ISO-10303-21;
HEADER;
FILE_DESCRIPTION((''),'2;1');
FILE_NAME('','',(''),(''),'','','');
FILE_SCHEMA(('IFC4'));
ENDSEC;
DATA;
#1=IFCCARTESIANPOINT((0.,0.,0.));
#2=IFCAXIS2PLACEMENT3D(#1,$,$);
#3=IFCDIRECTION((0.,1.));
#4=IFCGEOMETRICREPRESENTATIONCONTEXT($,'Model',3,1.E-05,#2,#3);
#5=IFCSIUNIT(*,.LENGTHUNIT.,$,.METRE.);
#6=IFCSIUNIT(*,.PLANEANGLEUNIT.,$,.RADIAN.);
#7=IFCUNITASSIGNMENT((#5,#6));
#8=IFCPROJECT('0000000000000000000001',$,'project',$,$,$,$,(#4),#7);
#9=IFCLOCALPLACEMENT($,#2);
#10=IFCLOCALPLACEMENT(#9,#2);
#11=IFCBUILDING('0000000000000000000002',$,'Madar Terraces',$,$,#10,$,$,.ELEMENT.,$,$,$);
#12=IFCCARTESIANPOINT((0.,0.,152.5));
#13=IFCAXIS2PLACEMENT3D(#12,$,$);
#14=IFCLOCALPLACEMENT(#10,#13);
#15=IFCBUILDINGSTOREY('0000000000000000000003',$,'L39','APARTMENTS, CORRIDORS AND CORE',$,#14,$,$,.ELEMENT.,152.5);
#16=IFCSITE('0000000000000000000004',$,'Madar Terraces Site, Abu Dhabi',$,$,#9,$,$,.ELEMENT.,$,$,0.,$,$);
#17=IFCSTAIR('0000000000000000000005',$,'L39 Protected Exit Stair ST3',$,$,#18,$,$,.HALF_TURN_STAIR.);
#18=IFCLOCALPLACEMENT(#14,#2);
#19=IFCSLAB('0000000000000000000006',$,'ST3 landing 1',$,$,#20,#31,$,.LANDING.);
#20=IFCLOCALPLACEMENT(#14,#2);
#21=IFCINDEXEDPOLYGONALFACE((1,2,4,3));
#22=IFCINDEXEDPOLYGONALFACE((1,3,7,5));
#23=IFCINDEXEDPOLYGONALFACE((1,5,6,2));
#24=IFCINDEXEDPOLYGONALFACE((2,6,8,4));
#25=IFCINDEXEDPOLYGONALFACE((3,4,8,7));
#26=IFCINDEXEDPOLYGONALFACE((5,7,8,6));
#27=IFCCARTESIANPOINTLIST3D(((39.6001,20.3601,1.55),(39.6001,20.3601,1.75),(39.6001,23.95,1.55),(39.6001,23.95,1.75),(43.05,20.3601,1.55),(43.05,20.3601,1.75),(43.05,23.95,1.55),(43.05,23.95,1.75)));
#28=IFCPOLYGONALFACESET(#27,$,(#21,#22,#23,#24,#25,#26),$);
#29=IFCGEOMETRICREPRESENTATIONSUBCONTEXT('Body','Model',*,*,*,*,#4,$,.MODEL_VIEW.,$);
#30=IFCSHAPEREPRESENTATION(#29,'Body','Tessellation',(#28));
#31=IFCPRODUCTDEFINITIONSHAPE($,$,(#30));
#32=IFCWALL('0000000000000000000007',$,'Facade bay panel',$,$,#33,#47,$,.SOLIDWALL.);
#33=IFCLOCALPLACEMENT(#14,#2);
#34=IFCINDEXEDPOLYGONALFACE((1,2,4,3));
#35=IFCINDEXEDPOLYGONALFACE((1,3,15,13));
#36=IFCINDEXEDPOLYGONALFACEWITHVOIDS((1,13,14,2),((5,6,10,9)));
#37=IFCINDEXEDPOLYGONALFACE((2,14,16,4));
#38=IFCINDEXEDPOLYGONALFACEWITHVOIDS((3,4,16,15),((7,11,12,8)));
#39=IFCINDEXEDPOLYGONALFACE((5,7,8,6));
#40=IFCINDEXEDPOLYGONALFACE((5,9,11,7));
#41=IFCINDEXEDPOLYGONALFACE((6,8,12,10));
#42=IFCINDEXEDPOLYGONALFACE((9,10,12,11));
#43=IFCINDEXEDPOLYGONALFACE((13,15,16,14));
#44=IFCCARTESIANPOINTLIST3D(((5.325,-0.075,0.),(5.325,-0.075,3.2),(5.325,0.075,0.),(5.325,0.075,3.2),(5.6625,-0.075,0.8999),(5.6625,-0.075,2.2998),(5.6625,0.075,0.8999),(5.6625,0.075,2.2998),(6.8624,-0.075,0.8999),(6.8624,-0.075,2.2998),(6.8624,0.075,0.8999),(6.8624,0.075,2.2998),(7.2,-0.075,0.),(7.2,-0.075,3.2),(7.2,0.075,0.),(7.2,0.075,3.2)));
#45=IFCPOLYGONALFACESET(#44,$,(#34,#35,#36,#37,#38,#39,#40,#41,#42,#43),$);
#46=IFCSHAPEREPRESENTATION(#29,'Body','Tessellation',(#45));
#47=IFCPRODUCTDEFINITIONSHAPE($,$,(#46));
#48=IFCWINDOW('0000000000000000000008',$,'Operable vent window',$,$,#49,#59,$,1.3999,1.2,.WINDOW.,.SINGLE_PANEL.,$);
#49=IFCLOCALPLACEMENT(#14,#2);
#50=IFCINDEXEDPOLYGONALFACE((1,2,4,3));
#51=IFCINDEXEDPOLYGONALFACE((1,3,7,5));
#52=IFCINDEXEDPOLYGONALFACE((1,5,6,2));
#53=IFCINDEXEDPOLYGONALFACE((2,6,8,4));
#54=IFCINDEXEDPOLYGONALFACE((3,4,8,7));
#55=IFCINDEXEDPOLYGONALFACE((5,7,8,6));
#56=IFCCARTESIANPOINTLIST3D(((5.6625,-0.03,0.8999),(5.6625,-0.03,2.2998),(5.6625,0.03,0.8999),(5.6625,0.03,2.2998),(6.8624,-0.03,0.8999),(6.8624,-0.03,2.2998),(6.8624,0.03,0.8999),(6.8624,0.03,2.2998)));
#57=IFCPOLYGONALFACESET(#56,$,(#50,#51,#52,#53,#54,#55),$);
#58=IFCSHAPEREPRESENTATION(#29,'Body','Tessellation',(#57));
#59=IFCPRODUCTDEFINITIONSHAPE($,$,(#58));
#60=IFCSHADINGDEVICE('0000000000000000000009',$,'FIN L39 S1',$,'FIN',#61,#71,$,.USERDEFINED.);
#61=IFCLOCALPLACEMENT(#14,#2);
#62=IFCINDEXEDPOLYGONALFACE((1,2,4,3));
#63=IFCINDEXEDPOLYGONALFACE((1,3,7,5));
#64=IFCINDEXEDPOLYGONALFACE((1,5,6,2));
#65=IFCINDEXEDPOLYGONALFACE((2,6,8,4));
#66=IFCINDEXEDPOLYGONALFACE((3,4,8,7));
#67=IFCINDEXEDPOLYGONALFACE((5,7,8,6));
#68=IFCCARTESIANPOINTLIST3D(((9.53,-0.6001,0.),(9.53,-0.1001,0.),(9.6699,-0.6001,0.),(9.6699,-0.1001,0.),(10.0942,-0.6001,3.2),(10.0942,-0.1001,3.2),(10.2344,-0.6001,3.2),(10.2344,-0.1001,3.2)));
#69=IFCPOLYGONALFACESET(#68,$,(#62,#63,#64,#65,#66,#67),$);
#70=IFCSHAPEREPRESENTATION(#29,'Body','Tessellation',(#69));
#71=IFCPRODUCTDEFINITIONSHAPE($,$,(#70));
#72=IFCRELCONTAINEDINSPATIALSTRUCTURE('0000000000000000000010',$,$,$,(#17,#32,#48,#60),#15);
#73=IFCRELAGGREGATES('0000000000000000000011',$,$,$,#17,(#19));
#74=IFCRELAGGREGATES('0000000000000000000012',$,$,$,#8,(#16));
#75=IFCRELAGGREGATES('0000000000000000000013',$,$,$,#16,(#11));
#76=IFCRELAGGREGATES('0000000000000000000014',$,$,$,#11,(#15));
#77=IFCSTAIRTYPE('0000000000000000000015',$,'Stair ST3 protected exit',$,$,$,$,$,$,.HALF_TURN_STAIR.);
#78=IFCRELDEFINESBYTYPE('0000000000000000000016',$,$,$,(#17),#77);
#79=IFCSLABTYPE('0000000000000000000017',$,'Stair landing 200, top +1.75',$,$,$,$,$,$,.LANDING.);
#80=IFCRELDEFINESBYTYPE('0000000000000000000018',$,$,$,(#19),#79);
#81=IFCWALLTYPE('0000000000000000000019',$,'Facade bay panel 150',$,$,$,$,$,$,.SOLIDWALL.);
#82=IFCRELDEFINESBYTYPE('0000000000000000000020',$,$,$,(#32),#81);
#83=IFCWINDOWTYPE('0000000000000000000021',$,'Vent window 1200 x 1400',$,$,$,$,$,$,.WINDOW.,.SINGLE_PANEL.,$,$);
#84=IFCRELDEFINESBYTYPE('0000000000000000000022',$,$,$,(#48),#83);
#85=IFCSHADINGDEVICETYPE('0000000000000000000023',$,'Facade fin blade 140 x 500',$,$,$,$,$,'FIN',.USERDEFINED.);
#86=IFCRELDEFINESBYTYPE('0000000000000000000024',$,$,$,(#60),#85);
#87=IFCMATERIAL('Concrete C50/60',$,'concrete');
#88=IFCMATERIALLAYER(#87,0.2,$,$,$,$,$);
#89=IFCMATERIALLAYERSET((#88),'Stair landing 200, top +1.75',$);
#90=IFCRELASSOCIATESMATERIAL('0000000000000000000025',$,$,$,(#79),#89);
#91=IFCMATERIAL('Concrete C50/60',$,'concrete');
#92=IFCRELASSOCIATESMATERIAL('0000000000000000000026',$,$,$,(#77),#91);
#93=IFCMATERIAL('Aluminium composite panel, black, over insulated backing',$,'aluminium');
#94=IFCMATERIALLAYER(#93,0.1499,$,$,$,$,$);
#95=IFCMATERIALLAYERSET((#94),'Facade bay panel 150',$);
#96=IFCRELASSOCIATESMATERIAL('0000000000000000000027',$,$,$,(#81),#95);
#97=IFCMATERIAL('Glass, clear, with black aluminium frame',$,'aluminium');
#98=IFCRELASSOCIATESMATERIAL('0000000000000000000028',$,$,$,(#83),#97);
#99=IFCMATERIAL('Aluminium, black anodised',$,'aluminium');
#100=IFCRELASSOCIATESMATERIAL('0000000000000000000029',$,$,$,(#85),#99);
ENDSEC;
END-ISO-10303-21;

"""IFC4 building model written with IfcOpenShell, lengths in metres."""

from ifc_helpers import new_model, si_unit, direction, frame, frame_2d, origin, place, context, subcontext, project, spatial, polyline, rectangle, outline, extrude, material, layer, layer_set, type_object, element, fill, aggregate, save


model = new_model("IFC4")

# Units and contexts
model_context = context("Model", 3, precision=1e-05, world=origin(), true_north=direction((0.0, 1.0)))
body_context = subcontext(model_context, "Body", "Model", "MODEL_VIEW")
ifc_project = project(units=[si_unit("LENGTHUNIT", "METRE"), si_unit("PLANEANGLEUNIT", "RADIAN")], contexts=[model_context])

# Site, building, storey
site_placement = place(None, origin())
site = spatial("IfcSite", under=ifc_project, at=site_placement, Name="Madar Terraces Site, Abu Dhabi", CompositionType="ELEMENT", RefElevation=0.0)
building_placement = place(site_placement, origin())
building = spatial("IfcBuilding", under=site, at=building_placement, Name="Madar Terraces", CompositionType="ELEMENT")
storey_placement = place(building_placement, frame((0.0, 0.0, 152.5)))
storey = spatial("IfcBuildingStorey", under=building, at=storey_placement, Name="L39", Description="APARTMENTS, CORRIDORS AND CORE", CompositionType="ELEMENT", Elevation=152.5)

# Stair, slab
ifc_material_1 = material(Name="Concrete C50/60", Category="concrete")
ifc_layer_1 = layer(ifc_material_1, 0.2)
ifc_layer_set_1 = layer_set([ifc_layer_1], Name="Stair landing 200, top +1.75")
slab_type_1 = type_object("IfcSlabType", Name="Stair landing 200, top +1.75", PredefinedType="LANDING", material=ifc_layer_set_1)
ifc_material_2 = material(Name="Concrete C50/60", Category="concrete")
stair_type_1 = type_object("IfcStairType", Name="Stair ST3 protected exit", PredefinedType="HALF_TURN_STAIR", material=ifc_material_2)
stair_1_placement = place(storey_placement, origin())
stair_1 = element("IfcStair", 1, at=stair_1_placement, inside=storey, type_object=stair_type_1, Name="L39 Protected Exit Stair ST3", PredefinedType="HALF_TURN_STAIR")
slab_1_placement = place(storey_placement, frame((0.0, 0.0, 1.55)))
slab_1 = element("IfcSlab", 2, at=slab_1_placement, type_object=slab_type_1, Name="ST3 landing 1", PredefinedType="LANDING", context=body_context, shape_type="SweptSolid", body=[
    extrude(outline(polyline([(39.6001, 20.3601), (43.05, 20.3601), (43.05, 23.95), (39.6001, 23.95), (39.6001, 20.3601)])), origin(), (0.0, 0.0, 1.0), 0.2),
])
aggregate(stair_1, [slab_1])

# Wall, opening, window
ifc_material_3 = material(Name="Aluminium composite panel, black, over insulated backing", Category="aluminium")
ifc_layer_2 = layer(ifc_material_3, 0.1499)
ifc_layer_set_2 = layer_set([ifc_layer_2], Name="Facade bay panel 150")
wall_type = type_object("IfcWallType", Name="Facade bay panel 150", PredefinedType="SOLIDWALL", material=ifc_layer_set_2)
wall_placement = place(storey_placement, frame((5.325, 0.0, 0.0), z_axis=(0.0, 0.0, 1.0), x_axis=(1.0, 0.0, 0.0)))
wall = element("IfcWall", 3, at=wall_placement, inside=storey, type_object=wall_type, Name="Facade bay panel", PredefinedType="SOLIDWALL", context=body_context, shape_type="SweptSolid", body=[
    extrude(rectangle(XDim=1.875, YDim=0.1499, at=frame_2d((0.9375, 0.0))), origin(), (0.0, 0.0, 1.0), 3.2),
])
opening_placement = place(wall_placement, frame((0.3374, 0.0, 0.8999)))
opening = element("IfcOpeningElement", 4, at=opening_placement, cuts=wall, PredefinedType="OPENING", context=body_context, shape_type="SweptSolid", body=[
    extrude(rectangle(XDim=1.2, YDim=1.3999, at=frame_2d((0.6001, 0.7))), frame((0.0, 0.085, 0.0), z_axis=(0.0, -1.0, 0.0), x_axis=(1.0, 0.0, 0.0)), (0.0, 0.0, 1.0), 0.1699),
])
ifc_material_4 = material(Name="Glass, clear, with black aluminium frame", Category="aluminium")
window_type = type_object("IfcWindowType", Name="Vent window 1200 x 1400", PartitioningType="SINGLE_PANEL", PredefinedType="WINDOW", material=ifc_material_4)
window_placement = place(opening_placement, origin())
window = element("IfcWindow", 5, at=window_placement, inside=storey, type_object=window_type, Name="Operable vent window", OverallHeight=1.3999, OverallWidth=1.2, PartitioningType="SINGLE_PANEL", PredefinedType="WINDOW", context=body_context, shape_type="SweptSolid", body=[
    extrude(rectangle(XDim=1.2, YDim=1.3999, at=frame_2d((0.6001, 0.7))), frame((0.0, 0.03, 0.0), z_axis=(0.0, -1.0, 0.0), x_axis=(1.0, 0.0, 0.0)), (0.0, 0.0, 1.0), 0.0601),
])
fill(opening, window)

# Shading device
ifc_material_5 = material(Name="Aluminium, black anodised", Category="aluminium")
shading_device_type = type_object("IfcShadingDeviceType", Name="Facade fin blade 140 x 500", ElementType="FIN", PredefinedType="USERDEFINED", material=ifc_material_5)
shading_device_placement = place(storey_placement, frame((9.53, -0.3501, 0.0), z_axis=(0.0, 0.0, 1.0), x_axis=(1.0, 0.0, 0.0)))
element("IfcShadingDevice", 6, at=shading_device_placement, inside=storey, type_object=shading_device_type, Name="FIN L39 S1", ObjectType="FIN", PredefinedType="USERDEFINED", context=body_context, shape_type="SweptSolid", body=[
    extrude(outline(polyline([(0.0, 0.0), (0.1399, 0.0), (0.7043, 3.2), (0.5642, 3.2), (0.0, 0.0)])), frame((0.0, 0.25, 0.0), z_axis=(0.0, -1.0, 0.0), x_axis=(1.0, 0.0, 0.0)), (0.0, 0.0, 1.0), 0.5),
])

save(model, "model.ifc")
